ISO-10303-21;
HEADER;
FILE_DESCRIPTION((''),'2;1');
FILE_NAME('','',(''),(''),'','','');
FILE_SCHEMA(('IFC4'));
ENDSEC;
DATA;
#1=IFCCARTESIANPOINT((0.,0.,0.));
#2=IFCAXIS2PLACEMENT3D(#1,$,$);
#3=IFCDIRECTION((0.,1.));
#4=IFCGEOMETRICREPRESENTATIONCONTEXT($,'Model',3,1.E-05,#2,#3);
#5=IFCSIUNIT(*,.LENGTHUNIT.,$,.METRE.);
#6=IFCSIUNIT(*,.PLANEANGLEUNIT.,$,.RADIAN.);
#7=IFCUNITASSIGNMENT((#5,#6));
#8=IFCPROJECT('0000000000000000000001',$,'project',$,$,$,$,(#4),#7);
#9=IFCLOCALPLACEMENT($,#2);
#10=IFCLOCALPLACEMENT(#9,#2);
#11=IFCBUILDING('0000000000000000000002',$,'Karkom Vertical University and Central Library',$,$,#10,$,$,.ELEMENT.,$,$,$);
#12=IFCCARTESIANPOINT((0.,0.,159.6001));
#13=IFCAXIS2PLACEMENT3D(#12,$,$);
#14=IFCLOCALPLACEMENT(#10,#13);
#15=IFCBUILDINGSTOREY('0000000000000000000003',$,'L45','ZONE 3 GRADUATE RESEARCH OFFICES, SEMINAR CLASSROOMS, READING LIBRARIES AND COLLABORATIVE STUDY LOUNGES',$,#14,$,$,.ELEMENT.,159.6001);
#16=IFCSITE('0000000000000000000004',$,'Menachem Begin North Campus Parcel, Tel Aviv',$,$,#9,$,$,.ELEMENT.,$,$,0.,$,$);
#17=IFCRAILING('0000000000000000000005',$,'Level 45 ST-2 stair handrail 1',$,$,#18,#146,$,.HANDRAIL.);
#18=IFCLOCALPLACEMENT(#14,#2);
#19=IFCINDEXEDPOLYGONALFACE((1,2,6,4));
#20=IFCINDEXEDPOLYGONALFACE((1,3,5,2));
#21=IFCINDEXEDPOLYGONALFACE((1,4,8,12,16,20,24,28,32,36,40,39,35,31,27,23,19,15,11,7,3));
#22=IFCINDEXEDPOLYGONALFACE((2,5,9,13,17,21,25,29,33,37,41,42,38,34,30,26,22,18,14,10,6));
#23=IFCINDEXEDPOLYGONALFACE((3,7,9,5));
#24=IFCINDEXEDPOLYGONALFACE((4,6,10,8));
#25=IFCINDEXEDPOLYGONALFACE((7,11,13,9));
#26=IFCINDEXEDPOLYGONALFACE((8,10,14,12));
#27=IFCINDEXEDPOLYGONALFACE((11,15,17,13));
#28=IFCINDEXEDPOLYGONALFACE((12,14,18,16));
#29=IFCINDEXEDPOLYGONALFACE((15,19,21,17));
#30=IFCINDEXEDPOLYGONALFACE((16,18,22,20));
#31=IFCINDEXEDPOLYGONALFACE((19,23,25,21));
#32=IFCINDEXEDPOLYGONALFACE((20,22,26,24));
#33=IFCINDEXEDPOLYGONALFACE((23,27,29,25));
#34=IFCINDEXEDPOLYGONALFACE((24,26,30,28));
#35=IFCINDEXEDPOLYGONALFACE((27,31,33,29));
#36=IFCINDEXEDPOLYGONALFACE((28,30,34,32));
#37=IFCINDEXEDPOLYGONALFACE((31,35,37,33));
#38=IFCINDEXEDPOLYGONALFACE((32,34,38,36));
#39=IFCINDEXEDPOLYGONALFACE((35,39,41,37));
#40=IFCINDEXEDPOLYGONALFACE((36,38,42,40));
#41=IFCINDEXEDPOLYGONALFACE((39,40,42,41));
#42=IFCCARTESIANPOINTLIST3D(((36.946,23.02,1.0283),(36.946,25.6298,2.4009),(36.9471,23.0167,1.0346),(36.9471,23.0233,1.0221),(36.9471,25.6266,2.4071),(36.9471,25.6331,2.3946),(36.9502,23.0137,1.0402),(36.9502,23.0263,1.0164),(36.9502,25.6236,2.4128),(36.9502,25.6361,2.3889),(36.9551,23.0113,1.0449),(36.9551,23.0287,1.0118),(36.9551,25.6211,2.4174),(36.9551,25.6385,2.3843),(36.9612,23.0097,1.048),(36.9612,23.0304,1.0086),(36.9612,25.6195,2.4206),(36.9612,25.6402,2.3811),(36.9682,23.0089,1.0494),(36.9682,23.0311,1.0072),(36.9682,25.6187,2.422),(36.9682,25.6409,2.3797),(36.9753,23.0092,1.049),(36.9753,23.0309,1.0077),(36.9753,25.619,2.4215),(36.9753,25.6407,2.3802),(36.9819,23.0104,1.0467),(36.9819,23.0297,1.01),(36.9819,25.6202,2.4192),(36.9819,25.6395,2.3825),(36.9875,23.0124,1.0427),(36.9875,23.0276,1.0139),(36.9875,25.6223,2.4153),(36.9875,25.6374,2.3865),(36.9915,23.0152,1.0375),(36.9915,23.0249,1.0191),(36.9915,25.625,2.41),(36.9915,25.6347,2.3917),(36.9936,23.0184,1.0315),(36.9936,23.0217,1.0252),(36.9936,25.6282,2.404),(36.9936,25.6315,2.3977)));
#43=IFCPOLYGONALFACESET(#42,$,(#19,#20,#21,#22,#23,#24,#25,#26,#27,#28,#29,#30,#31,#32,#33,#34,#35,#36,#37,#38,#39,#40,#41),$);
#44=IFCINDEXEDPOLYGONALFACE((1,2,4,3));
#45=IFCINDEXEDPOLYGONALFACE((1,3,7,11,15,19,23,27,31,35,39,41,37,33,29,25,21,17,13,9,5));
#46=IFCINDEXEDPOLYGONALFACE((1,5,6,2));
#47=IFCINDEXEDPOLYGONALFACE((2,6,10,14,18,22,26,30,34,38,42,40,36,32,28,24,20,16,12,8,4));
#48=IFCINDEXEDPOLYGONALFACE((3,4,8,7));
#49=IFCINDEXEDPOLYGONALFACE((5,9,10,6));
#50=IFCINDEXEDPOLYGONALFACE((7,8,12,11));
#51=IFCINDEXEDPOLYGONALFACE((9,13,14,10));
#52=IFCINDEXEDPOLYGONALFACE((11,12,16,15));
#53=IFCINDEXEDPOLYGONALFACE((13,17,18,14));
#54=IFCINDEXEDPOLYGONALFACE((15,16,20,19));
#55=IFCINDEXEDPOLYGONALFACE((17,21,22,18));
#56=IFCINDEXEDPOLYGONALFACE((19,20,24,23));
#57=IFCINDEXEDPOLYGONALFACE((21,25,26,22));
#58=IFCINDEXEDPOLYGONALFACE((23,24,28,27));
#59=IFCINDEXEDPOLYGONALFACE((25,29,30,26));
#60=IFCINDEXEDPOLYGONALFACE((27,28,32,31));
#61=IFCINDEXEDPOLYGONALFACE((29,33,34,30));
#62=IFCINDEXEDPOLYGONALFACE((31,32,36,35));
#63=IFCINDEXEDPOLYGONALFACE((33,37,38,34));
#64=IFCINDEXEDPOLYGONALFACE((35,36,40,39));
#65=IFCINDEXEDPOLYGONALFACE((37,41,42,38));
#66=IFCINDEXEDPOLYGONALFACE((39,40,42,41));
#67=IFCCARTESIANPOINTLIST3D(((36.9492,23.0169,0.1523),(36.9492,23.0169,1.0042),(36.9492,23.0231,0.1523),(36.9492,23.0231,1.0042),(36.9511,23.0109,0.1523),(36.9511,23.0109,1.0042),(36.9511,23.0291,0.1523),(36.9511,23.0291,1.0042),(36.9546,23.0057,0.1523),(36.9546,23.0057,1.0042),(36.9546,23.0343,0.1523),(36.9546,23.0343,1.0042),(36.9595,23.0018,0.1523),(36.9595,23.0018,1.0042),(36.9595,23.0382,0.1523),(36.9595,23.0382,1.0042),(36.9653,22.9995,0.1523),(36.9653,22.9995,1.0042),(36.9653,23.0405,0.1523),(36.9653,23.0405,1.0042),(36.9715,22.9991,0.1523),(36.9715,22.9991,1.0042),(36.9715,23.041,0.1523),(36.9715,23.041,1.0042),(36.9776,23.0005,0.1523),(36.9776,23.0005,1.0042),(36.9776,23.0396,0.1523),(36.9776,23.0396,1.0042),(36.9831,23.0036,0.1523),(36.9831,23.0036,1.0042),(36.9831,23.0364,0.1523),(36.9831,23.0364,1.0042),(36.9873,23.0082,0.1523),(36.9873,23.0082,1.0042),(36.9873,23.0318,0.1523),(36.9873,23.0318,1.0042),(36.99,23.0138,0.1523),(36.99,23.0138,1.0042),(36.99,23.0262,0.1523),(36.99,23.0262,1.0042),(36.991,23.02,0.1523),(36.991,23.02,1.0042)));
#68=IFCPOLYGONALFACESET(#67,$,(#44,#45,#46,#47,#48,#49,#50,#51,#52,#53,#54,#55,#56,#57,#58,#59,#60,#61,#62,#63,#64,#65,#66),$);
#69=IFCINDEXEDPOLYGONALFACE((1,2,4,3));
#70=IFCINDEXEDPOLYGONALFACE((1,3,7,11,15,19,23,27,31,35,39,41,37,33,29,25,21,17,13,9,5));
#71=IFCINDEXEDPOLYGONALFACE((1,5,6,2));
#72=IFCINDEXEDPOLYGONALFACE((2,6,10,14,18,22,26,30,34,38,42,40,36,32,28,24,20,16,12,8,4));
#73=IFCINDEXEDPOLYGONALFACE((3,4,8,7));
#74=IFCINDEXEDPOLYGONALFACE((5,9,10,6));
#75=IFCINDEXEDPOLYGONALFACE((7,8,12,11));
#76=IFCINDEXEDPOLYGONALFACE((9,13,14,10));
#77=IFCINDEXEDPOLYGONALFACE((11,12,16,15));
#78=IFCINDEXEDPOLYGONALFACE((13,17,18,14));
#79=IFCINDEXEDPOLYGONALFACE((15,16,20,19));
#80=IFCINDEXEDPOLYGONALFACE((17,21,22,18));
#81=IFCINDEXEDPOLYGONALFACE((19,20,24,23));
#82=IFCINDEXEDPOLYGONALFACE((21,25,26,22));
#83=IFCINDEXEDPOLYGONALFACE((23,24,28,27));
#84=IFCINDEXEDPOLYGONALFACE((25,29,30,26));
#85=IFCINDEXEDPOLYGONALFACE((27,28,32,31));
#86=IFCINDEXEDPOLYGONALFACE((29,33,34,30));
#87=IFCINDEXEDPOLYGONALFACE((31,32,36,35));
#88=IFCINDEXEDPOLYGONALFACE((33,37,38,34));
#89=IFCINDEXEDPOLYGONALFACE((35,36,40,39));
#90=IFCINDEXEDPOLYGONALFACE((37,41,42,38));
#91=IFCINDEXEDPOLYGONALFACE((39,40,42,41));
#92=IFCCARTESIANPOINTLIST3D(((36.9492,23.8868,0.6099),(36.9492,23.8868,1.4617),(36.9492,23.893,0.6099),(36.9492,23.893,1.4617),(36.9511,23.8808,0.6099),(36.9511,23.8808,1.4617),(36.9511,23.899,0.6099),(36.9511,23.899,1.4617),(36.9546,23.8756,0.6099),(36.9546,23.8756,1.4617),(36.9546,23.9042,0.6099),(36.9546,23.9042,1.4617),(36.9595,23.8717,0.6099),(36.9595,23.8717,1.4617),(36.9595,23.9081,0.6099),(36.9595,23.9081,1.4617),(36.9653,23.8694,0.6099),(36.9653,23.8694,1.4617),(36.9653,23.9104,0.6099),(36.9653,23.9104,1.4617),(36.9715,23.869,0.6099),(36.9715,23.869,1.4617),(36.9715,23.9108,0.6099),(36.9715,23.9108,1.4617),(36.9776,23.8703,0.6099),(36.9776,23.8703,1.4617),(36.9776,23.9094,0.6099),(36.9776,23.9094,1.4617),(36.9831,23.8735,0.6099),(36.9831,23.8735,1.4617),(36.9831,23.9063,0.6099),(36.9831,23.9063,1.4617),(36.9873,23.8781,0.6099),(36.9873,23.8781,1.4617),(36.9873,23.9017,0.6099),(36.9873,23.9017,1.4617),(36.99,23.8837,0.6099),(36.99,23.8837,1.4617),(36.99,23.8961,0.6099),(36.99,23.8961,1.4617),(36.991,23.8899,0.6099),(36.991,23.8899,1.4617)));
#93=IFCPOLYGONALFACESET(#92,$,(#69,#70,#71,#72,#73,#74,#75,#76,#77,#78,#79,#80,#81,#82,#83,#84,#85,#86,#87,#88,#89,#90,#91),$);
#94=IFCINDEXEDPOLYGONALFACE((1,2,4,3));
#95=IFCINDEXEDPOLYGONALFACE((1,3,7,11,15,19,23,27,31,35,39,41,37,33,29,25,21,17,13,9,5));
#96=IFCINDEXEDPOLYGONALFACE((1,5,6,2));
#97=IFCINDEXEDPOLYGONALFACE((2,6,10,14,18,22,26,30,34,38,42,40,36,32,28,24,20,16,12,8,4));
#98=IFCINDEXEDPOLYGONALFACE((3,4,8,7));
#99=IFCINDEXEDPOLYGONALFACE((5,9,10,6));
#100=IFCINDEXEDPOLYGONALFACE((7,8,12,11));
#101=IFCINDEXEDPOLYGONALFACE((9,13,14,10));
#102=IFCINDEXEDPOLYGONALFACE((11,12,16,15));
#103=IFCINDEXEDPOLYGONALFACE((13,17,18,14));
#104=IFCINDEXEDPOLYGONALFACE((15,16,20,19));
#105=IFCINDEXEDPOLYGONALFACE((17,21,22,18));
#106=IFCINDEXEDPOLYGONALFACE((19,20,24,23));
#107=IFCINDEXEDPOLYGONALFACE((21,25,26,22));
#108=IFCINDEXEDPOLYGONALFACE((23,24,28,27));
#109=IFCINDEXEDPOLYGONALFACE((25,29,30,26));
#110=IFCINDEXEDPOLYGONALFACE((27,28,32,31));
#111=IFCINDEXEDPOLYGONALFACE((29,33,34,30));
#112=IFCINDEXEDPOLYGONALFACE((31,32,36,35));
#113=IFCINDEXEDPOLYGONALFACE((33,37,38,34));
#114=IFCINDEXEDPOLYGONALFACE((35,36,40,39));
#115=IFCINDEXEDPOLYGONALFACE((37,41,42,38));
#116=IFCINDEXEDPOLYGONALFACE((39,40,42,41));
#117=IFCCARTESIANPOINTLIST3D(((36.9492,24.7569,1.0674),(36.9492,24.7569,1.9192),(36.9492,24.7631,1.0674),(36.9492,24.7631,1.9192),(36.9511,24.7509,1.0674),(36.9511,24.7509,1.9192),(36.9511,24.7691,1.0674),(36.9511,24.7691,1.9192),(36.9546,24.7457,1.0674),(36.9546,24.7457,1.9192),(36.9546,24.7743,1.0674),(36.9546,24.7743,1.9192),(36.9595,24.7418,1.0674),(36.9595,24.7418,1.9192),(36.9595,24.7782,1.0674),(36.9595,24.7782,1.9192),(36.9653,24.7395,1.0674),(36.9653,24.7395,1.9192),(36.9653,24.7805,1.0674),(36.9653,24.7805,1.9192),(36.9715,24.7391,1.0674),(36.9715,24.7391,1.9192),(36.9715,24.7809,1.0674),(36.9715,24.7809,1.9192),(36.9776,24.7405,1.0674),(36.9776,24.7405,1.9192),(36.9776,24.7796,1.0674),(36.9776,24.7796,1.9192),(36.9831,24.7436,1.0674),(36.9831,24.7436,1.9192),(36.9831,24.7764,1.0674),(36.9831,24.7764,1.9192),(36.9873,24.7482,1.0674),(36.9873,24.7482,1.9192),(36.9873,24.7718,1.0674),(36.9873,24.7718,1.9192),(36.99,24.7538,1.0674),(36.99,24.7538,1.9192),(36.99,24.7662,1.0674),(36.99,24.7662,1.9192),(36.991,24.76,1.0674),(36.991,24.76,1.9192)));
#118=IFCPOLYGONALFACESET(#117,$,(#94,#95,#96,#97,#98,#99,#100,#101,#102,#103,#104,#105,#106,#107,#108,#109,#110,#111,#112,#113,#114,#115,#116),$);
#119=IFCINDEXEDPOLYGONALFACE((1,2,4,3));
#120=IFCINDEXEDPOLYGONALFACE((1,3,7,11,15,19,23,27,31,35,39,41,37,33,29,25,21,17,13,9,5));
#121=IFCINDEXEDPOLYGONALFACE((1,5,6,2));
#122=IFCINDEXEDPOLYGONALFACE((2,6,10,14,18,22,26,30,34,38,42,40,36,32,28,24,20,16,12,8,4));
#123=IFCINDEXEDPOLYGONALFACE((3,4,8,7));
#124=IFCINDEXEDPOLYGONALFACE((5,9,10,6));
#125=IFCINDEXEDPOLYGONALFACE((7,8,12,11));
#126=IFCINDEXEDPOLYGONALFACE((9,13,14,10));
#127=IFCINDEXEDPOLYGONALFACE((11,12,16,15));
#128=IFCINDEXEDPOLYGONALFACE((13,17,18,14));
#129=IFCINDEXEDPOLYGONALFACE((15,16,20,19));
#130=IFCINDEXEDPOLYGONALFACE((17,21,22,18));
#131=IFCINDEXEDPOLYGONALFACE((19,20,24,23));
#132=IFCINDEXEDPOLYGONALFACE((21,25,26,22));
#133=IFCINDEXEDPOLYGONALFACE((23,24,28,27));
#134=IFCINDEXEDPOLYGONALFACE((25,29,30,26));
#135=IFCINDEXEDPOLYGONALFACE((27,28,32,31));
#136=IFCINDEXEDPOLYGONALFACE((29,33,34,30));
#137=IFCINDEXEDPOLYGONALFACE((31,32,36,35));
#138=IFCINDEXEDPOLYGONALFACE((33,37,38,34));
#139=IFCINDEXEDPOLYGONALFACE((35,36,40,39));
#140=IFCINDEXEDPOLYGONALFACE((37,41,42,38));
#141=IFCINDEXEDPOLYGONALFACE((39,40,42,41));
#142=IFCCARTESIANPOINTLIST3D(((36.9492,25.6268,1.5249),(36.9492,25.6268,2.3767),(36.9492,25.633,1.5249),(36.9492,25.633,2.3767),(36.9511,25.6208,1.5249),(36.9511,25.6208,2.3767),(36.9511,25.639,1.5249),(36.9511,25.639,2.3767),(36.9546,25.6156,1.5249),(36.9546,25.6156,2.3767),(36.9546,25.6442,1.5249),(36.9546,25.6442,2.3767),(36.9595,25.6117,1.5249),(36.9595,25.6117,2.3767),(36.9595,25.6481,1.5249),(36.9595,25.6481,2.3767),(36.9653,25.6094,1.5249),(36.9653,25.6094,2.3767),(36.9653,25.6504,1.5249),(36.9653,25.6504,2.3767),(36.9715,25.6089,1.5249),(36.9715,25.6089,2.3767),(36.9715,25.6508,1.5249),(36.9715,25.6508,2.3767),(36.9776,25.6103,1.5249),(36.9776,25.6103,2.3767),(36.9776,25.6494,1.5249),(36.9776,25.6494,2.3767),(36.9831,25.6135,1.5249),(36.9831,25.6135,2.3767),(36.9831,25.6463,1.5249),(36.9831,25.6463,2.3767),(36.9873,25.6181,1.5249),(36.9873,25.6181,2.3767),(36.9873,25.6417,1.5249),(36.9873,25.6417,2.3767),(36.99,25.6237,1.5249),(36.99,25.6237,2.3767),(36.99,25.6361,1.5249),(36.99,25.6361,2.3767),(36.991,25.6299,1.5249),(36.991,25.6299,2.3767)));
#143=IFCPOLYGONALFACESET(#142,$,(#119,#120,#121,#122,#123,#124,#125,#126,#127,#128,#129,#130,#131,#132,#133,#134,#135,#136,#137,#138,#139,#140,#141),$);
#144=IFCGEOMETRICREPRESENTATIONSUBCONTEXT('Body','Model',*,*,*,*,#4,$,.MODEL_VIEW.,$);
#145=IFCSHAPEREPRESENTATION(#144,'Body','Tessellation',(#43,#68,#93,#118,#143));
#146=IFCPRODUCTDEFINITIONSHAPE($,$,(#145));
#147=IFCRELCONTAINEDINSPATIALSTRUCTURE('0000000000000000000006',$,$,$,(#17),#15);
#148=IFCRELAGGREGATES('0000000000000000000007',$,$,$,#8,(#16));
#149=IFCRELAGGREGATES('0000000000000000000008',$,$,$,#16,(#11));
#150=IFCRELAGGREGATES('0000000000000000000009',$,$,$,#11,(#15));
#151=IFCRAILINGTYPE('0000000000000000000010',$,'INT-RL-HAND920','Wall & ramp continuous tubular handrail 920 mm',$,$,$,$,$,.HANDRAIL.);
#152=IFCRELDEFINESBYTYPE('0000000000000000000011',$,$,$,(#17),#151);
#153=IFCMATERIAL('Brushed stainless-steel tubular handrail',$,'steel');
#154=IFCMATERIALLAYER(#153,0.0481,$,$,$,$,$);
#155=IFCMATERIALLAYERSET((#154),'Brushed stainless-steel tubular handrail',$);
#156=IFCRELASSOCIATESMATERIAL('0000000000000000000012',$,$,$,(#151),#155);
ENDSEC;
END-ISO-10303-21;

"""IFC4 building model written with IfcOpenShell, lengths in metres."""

from ifc_helpers import new_model, si_unit, direction, frame, origin, origin_2d, place, context, subcontext, project, spatial, circle, extrude, material, layer, layer_set, type_object, element, save


model = new_model("IFC4")

# Units and contexts
model_context = context("Model", 3, precision=1e-05, world=origin(), true_north=direction((0.0, 1.0)))
body_context = subcontext(model_context, "Body", "Model", "MODEL_VIEW")
ifc_project = project(units=[si_unit("LENGTHUNIT", "METRE"), si_unit("PLANEANGLEUNIT", "RADIAN")], contexts=[model_context])

# Site, building, storey
site_placement = place(None, origin())
site = spatial("IfcSite", under=ifc_project, at=site_placement, Name="Menachem Begin North Campus Parcel, Tel Aviv", CompositionType="ELEMENT", RefElevation=0.0)
building_placement = place(site_placement, origin())
building = spatial("IfcBuilding", under=site, at=building_placement, Name="Karkom Vertical University and Central Library", CompositionType="ELEMENT")
storey_placement = place(building_placement, frame((0.0, 0.0, 159.6001)))
storey = spatial("IfcBuildingStorey", under=building, at=storey_placement, Name="L45", Description="ZONE 3 GRADUATE RESEARCH OFFICES, SEMINAR CLASSROOMS, READING LIBRARIES AND COLLABORATIVE STUDY LOUNGES", CompositionType="ELEMENT", Elevation=159.6001)

# Railing
ifc_material_1 = material(Name="Brushed stainless-steel tubular handrail", Category="steel")
ifc_layer_1 = layer(ifc_material_1, 0.0481)
ifc_layer_set_1 = layer_set([ifc_layer_1], Name="Brushed stainless-steel tubular handrail")
railing_type_1 = type_object("IfcRailingType", Name="INT-RL-HAND920", Description="Wall & ramp continuous tubular handrail 920 mm", PredefinedType="HANDRAIL", material=ifc_layer_set_1)
railing_1_placement = place(storey_placement, frame((36.97, 23.02, 0.1523)))
element("IfcRailing", 1, at=railing_1_placement, inside=storey, type_object=railing_type_1, Name="Level 45 ST-2 stair handrail 1", PredefinedType="HANDRAIL", context=body_context, shape_type="SweptSolid", body=[
    extrude(circle(Radius=0.0239, at=origin_2d()), frame((0.0, 0.0, 0.876), z_axis=(0.0, 0.885065, 0.465467), x_axis=(-1.0, 0.0, 0.0)), (0.0, 0.0, 1.0), 2.9487),
    extrude(circle(Radius=0.021, at=origin_2d()), origin(), (0.0, 0.0, 1.0), 0.8518),
    extrude(circle(Radius=0.021, at=origin_2d()), frame((0.0, 0.8699, 0.4575)), (0.0, 0.0, 1.0), 0.8518),
    extrude(circle(Radius=0.021, at=origin_2d()), frame((0.0, 1.74, 0.915)), (0.0, 0.0, 1.0), 0.8518),
    extrude(circle(Radius=0.021, at=origin_2d()), frame((0.0, 2.6099, 1.3726)), (0.0, 0.0, 1.0), 0.8518),
])

save(model, "model.ifc")
